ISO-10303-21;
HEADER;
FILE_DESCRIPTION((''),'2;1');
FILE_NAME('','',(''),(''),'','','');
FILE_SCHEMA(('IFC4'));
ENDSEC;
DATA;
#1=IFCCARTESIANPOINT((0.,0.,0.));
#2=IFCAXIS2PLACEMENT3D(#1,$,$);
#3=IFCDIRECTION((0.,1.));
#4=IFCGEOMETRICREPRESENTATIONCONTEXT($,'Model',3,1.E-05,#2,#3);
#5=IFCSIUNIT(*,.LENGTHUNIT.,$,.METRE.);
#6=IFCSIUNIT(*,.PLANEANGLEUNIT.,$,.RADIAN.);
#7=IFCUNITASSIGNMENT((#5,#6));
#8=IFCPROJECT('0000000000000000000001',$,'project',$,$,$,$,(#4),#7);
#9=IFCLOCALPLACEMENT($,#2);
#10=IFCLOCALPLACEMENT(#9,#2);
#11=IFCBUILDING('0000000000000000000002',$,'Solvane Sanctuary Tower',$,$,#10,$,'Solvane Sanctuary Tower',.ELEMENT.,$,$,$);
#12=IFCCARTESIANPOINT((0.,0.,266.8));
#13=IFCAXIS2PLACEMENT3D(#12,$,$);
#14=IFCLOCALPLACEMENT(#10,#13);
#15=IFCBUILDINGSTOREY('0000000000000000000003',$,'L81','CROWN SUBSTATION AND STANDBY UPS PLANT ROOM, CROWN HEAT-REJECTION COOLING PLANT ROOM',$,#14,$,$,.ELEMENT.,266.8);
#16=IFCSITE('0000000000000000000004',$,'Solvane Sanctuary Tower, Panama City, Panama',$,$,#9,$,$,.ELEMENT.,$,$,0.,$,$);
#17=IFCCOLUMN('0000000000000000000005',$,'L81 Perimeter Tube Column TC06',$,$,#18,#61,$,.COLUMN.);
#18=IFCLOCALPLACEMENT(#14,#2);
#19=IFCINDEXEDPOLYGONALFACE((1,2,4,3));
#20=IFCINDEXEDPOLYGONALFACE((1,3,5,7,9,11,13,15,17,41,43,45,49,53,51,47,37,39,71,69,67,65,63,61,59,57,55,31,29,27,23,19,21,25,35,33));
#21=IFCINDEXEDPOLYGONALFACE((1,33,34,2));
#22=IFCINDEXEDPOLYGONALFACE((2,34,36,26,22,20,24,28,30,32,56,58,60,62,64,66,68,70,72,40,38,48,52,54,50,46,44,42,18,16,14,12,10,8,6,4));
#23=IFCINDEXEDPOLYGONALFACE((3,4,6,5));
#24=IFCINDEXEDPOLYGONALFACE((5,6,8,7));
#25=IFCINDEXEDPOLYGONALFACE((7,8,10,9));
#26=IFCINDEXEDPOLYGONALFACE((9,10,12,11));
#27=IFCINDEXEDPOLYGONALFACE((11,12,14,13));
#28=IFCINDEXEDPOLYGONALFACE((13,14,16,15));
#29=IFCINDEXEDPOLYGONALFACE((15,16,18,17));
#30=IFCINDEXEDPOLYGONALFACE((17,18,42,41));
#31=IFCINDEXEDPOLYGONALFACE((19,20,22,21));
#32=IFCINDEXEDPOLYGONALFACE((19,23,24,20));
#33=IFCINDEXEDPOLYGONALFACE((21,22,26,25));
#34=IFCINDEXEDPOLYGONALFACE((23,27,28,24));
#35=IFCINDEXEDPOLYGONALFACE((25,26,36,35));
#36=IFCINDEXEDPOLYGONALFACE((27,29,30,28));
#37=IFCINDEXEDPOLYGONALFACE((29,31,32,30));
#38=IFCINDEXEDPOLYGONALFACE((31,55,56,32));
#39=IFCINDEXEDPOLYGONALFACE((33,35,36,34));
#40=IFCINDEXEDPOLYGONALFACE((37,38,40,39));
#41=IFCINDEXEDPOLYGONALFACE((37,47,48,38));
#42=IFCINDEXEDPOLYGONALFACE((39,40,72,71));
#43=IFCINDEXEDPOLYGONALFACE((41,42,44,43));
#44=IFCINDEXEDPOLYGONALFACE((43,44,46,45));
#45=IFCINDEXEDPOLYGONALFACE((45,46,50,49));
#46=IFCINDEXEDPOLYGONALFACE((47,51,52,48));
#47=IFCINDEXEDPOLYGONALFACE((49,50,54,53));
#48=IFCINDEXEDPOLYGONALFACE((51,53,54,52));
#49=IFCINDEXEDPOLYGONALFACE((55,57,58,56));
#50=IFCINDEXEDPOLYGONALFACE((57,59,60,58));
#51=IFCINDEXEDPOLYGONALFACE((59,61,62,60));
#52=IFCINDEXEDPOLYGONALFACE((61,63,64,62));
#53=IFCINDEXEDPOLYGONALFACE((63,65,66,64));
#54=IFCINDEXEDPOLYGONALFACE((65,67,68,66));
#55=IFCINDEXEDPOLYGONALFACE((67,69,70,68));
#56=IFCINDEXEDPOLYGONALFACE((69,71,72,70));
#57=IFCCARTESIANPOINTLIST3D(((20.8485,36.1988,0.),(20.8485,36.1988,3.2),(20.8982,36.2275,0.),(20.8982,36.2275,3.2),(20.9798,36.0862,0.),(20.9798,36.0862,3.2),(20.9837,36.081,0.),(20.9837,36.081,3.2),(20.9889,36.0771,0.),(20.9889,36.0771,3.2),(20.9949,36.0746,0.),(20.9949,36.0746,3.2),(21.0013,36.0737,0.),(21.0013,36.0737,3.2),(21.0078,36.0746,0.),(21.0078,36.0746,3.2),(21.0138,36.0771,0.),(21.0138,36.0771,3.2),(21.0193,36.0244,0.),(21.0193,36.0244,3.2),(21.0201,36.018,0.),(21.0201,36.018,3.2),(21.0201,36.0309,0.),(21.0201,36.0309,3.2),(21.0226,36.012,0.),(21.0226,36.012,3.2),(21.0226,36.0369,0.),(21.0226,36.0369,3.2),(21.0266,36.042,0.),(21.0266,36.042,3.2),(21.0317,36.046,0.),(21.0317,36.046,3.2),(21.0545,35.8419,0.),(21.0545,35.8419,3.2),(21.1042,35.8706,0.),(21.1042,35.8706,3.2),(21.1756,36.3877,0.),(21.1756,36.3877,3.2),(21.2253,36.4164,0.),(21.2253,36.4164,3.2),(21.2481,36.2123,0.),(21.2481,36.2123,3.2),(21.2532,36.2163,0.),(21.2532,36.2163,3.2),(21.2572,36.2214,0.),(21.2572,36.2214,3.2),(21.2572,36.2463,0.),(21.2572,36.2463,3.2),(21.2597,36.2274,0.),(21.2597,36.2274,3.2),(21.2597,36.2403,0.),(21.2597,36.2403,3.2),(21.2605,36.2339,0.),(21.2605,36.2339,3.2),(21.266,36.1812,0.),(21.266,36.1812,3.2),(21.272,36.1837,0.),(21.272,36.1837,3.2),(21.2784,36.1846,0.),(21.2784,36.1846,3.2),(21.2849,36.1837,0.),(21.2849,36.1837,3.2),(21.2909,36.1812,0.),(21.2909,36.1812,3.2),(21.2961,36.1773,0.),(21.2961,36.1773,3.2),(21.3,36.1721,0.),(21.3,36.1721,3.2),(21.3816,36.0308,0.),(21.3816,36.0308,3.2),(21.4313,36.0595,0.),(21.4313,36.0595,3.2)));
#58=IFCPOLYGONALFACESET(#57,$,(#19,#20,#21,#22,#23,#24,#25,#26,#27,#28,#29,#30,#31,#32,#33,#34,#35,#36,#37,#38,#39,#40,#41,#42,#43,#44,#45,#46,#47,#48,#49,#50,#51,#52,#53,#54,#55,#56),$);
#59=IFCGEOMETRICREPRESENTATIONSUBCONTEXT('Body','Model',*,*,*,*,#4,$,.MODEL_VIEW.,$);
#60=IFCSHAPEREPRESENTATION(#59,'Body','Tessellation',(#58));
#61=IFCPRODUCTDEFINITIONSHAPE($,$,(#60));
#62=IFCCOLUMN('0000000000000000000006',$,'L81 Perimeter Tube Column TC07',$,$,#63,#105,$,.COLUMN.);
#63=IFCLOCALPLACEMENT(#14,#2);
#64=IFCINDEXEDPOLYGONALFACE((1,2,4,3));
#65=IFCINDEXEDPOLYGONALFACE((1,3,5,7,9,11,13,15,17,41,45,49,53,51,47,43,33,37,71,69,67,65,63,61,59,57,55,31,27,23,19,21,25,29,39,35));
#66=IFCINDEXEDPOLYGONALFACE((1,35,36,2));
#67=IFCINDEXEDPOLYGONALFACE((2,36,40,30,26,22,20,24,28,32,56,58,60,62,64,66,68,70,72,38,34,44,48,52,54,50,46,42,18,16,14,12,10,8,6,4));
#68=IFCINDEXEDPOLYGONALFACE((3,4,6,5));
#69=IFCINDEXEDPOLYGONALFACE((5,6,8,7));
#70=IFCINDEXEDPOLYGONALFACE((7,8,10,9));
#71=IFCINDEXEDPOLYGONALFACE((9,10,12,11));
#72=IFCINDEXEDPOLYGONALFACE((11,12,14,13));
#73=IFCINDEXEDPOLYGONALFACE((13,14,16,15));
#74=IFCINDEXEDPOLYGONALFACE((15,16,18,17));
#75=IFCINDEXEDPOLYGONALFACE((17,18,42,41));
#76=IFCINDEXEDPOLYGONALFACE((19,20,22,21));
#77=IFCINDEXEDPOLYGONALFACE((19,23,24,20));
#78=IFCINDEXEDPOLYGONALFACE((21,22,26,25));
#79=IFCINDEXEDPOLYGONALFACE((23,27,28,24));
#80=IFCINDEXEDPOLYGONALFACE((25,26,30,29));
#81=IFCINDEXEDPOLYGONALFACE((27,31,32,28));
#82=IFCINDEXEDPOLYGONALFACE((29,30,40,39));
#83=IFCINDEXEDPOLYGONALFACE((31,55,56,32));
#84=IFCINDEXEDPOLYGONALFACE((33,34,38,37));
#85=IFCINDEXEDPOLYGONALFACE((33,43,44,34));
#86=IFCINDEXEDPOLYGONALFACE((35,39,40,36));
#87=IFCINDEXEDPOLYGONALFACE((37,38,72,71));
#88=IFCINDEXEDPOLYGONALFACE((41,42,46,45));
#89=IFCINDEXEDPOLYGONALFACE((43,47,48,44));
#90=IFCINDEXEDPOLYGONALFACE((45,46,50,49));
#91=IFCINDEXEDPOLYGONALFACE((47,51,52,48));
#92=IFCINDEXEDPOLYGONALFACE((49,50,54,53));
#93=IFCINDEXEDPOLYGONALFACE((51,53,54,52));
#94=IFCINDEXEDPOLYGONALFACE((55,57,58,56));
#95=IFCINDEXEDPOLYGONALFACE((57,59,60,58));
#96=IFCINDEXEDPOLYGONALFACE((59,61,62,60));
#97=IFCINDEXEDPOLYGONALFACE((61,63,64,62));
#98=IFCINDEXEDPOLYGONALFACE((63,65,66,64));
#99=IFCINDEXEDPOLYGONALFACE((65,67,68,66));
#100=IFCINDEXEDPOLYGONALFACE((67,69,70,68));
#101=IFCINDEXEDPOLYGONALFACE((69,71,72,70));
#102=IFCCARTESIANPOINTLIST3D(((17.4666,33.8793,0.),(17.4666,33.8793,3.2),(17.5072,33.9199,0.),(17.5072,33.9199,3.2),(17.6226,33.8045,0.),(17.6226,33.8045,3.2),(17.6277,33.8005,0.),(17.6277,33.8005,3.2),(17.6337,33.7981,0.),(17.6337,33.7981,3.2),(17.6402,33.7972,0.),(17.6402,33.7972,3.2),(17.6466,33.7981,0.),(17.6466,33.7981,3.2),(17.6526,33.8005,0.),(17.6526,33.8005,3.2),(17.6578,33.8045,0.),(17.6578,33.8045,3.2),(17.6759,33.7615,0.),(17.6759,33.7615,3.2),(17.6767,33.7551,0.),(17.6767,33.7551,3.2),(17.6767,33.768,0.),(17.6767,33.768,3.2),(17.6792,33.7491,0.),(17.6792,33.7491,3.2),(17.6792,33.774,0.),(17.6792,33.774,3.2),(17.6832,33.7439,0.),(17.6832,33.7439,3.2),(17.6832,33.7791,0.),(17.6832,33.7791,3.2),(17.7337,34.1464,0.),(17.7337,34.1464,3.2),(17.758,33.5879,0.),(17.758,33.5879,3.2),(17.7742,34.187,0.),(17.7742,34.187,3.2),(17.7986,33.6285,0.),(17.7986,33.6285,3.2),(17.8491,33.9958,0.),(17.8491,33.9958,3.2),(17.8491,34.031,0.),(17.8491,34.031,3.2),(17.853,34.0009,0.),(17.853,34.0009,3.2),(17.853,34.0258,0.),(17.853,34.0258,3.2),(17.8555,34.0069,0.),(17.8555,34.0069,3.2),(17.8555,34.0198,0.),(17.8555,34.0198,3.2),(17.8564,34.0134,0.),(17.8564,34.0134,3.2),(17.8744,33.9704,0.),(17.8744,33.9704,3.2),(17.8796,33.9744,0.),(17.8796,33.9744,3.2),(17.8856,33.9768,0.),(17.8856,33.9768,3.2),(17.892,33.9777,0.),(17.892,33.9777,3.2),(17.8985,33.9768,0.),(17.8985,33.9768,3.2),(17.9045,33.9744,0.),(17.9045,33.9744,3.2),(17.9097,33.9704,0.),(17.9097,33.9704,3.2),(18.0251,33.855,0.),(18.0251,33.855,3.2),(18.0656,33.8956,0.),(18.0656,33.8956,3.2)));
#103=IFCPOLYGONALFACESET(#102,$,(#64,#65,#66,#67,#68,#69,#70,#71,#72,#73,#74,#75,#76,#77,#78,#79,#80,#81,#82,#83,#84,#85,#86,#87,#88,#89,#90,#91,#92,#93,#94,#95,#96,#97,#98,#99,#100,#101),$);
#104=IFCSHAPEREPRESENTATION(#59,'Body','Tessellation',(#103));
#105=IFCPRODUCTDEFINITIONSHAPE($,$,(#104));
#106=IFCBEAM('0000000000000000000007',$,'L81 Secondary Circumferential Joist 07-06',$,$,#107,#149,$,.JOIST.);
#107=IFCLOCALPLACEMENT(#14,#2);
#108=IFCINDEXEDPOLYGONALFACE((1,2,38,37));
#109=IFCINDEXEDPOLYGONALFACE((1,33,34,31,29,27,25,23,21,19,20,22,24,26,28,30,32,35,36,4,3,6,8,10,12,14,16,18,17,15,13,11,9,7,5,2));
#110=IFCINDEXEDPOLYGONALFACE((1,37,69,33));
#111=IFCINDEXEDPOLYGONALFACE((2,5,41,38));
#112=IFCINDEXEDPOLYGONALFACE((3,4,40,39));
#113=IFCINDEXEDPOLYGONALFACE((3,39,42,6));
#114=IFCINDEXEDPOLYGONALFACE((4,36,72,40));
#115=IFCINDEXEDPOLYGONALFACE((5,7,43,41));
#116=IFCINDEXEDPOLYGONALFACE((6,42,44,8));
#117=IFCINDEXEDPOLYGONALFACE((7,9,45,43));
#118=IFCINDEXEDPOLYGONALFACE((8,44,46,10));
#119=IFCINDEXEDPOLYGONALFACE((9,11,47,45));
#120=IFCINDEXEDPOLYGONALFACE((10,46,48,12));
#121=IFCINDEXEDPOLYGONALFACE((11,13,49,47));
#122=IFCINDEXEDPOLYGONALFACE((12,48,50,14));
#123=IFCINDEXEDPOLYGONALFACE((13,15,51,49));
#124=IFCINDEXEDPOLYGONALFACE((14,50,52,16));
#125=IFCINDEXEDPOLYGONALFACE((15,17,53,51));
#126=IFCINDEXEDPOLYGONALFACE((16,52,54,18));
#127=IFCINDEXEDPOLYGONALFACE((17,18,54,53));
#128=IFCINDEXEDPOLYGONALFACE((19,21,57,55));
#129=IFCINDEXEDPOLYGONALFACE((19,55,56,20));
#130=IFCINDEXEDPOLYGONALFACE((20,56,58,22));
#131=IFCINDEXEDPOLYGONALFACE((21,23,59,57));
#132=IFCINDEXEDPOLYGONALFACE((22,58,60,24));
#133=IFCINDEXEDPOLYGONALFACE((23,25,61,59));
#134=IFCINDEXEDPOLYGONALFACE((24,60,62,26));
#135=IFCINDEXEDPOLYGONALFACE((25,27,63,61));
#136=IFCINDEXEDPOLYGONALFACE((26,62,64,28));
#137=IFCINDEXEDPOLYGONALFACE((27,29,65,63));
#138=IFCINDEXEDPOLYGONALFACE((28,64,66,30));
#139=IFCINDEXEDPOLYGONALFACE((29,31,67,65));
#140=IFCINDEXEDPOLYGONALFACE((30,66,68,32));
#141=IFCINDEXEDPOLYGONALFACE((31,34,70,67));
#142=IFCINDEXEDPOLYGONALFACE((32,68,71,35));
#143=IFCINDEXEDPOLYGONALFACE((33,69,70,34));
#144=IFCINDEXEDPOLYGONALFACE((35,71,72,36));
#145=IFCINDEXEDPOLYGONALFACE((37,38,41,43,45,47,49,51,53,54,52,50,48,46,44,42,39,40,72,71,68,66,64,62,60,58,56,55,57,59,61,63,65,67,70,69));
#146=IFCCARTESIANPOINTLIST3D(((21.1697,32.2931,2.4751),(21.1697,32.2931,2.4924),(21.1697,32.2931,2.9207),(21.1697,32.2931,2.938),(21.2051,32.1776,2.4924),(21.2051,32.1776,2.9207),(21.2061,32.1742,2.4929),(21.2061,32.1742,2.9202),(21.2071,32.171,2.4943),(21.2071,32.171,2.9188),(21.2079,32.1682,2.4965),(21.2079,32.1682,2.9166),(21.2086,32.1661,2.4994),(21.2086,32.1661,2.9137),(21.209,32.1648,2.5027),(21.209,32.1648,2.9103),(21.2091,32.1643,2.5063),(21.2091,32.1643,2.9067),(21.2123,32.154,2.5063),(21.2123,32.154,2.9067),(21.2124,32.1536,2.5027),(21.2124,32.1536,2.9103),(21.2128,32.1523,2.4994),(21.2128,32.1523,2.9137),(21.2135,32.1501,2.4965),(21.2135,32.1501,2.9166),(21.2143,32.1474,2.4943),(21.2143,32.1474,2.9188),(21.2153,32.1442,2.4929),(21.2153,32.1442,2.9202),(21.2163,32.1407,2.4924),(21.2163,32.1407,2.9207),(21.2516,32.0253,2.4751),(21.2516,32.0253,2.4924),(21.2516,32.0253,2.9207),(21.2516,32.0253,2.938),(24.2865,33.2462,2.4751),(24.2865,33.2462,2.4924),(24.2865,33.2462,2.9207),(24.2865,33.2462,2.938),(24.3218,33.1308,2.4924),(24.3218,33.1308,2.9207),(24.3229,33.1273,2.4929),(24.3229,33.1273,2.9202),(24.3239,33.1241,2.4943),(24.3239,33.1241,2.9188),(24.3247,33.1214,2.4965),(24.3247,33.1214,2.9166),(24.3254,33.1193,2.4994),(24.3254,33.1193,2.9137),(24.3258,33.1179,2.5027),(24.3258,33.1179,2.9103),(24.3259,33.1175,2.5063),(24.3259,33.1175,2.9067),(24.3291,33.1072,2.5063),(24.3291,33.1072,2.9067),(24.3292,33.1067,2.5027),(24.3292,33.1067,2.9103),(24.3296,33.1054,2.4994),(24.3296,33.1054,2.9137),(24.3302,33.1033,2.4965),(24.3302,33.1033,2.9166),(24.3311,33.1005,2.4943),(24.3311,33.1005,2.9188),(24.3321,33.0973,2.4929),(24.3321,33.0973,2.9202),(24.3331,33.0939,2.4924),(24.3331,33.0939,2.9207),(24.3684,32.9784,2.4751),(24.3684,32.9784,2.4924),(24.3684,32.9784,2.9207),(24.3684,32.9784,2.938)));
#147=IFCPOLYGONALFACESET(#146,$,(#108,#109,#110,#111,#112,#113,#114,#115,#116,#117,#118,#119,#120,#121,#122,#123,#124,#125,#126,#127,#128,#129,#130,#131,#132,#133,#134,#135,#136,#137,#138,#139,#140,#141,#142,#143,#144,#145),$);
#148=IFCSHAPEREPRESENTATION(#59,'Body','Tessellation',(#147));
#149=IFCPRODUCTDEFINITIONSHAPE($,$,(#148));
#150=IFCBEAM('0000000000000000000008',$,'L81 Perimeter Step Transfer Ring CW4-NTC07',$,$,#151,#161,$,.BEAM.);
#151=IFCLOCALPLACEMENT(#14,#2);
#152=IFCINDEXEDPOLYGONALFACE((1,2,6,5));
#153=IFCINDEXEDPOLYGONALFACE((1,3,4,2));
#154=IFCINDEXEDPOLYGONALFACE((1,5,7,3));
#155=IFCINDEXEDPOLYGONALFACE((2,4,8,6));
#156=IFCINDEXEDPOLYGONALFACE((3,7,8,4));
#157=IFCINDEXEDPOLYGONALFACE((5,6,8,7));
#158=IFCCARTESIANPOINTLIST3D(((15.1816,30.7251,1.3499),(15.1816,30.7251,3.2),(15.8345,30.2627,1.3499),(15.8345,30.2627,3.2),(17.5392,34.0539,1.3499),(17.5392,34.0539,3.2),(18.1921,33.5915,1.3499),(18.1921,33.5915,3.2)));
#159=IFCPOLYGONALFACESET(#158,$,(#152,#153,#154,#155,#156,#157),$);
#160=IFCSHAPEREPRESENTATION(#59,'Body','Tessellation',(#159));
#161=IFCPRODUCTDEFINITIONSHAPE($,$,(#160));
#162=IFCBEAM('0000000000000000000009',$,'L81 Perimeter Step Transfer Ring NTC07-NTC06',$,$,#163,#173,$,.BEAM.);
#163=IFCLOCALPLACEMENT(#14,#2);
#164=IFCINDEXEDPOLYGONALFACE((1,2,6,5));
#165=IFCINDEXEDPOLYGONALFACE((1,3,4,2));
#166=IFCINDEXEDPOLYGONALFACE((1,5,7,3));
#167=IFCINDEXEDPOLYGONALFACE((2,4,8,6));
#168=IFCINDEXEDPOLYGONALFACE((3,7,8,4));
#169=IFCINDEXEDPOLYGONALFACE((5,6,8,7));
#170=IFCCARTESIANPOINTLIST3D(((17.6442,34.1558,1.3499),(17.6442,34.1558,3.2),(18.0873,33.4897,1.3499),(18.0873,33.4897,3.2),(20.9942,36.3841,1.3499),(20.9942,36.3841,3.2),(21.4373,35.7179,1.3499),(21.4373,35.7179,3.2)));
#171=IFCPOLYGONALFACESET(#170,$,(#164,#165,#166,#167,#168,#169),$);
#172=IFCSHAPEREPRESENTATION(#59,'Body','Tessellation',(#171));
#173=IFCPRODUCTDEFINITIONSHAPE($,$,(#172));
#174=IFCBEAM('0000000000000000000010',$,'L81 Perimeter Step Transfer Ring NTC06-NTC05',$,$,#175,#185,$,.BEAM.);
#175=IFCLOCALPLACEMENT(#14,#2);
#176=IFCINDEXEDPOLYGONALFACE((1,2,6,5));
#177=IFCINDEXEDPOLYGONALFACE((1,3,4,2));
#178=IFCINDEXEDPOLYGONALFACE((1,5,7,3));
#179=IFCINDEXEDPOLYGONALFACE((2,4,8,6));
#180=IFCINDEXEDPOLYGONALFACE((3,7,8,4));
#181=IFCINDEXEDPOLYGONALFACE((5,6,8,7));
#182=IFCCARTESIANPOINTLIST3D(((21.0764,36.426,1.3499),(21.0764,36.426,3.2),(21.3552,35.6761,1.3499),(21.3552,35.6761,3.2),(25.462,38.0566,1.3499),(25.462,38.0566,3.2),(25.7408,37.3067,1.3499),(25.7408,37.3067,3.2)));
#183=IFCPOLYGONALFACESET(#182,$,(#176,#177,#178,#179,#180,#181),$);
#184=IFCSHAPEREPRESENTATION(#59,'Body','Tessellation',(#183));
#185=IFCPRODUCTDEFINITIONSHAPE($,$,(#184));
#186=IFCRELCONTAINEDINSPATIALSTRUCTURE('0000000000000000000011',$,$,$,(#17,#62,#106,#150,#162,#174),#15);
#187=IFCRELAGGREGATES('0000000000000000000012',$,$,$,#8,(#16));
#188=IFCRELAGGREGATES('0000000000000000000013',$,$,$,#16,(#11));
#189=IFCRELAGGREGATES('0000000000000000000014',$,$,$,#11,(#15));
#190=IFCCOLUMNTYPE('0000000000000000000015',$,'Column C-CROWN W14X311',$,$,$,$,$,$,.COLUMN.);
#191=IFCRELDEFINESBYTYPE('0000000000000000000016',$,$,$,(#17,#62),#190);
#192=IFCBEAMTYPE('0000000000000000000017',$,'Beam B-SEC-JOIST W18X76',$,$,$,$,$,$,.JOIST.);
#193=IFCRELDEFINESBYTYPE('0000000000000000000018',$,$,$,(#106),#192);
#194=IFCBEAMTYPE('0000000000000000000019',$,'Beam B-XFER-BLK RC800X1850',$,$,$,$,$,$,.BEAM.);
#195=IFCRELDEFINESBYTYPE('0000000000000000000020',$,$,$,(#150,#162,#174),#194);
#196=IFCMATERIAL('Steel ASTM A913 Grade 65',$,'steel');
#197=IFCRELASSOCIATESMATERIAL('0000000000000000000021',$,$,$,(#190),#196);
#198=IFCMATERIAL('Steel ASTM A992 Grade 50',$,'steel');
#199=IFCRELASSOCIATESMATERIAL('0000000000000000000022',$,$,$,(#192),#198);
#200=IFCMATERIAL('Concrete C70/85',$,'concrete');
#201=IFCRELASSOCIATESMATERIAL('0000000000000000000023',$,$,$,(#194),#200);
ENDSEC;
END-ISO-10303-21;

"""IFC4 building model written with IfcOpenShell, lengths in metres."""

from ifc_helpers import new_model, si_unit, direction, frame, origin, origin_2d, place, context, subcontext, project, spatial, rectangle, i_section, extrude, material, material_profile, profile_set, type_object, element, save


model = new_model("IFC4")

# Units and contexts
model_context = context("Model", 3, precision=1e-05, world=origin(), true_north=direction((0.0, 1.0)))
body_context = subcontext(model_context, "Body", "Model", "MODEL_VIEW")
ifc_project = project(units=[si_unit("LENGTHUNIT", "METRE"), si_unit("PLANEANGLEUNIT", "RADIAN")], contexts=[model_context])

# Site, building, storey
site_placement = place(None, origin())
site = spatial("IfcSite", under=ifc_project, at=site_placement, Name="Solvane Sanctuary Tower, Panama City, Panama", CompositionType="ELEMENT", RefElevation=0.0)
building_placement = place(site_placement, origin())
building = spatial("IfcBuilding", under=site, at=building_placement, Name="Solvane Sanctuary Tower", LongName="Solvane Sanctuary Tower", CompositionType="ELEMENT")
storey_placement = place(building_placement, frame((0.0, 0.0, 266.8)))
storey = spatial("IfcBuildingStorey", under=building, at=storey_placement, Name="L81", Description="CROWN SUBSTATION AND STANDBY UPS PLANT ROOM, CROWN HEAT-REJECTION COOLING PLANT ROOM", CompositionType="ELEMENT", Elevation=266.8)

# Columns
ifc_material_1 = material(Name="Steel ASTM A913 Grade 65", Category="steel")
ifc_material_profile_1 = material_profile(ifc_material_1, i_section(OverallWidth=0.4121, OverallDepth=0.4351, WebThickness=0.0359, FlangeThickness=0.0574, FilletRadius=0.0249, at=origin_2d()), Name="W14X311")
ifc_profile_set_1 = profile_set([ifc_material_profile_1], Name="Steel ASTM A913 Grade 65")
column_type = type_object("IfcColumnType", Name="Column C-CROWN W14X311", PredefinedType="COLUMN", material=ifc_profile_set_1)
for number, where, z_axis, x_axis, name in (
    (1, (21.1399, 36.1292, 0.0), (0.0, 0.0, 1.0), (-0.5, 0.866025, 0.0), "L81 Perimeter Tube Column TC06"),
    (2, (17.7661, 33.8875, 0.0), (0.0, 0.0, 1.0), (-0.707107, 0.707107, 0.0), "L81 Perimeter Tube Column TC07"),
):
    element("IfcColumn", number, at=place(storey_placement, frame(where, z_axis=z_axis, x_axis=x_axis)), inside=storey, type_object=column_type, Name=name, PredefinedType="COLUMN", context=body_context, shape_type="SweptSolid", body=[
        extrude(i_section(OverallWidth=0.4121, OverallDepth=0.4351, WebThickness=0.0359, FlangeThickness=0.0574, FilletRadius=0.0249, at=origin_2d()), origin(), (0.0, 0.0, 1.0), 3.2),
    ])

# Beams
ifc_material_2 = material(Name="Steel ASTM A992 Grade 50", Category="steel")
ifc_material_profile_2 = material_profile(ifc_material_2, i_section(OverallWidth=0.28, OverallDepth=0.4629, WebThickness=0.0107, FlangeThickness=0.0173, FilletRadius=0.0139, at=origin_2d()), Name="W18X76")
ifc_profile_set_2 = profile_set([ifc_material_profile_2], Name="Steel ASTM A992 Grade 50")
beam_type_1 = type_object("IfcBeamType", Name="Beam B-SEC-JOIST W18X76", PredefinedType="JOIST", material=ifc_profile_set_2)
beam_1_placement = place(storey_placement, frame((21.2107, 32.1592, 2.7065), z_axis=(0.956283, 0.292443, 0.0), x_axis=(-0.292443, 0.956283, 0.0)))
element("IfcBeam", 3, at=beam_1_placement, inside=storey, type_object=beam_type_1, Name="L81 Secondary Circumferential Joist 07-06", PredefinedType="JOIST", context=body_context, shape_type="SweptSolid", body=[
    extrude(i_section(OverallWidth=0.28, OverallDepth=0.4629, WebThickness=0.0107, FlangeThickness=0.0173, FilletRadius=0.0139, at=origin_2d()), origin(), (0.0, 0.0, 1.0), 3.2593),
])
ifc_material_3 = material(Name="Concrete C70/85", Category="concrete")
ifc_material_profile_3 = material_profile(ifc_material_3, rectangle(XDim=0.8, YDim=1.8501, at=origin_2d()), Name="RC800X1850")
ifc_profile_set_3 = profile_set([ifc_material_profile_3], Name="Concrete C70/85")
beam_type_2 = type_object("IfcBeamType", Name="Beam B-XFER-BLK RC800X1850", PredefinedType="BEAM", material=ifc_profile_set_3)
beam_2_placement = place(storey_placement, frame((15.5081, 30.4939, 2.2749), z_axis=(0.577973, 0.816056, 0.0), x_axis=(-0.816056, 0.577973, 0.0)))
element("IfcBeam", 4, at=beam_2_placement, inside=storey, type_object=beam_type_2, Name="L81 Perimeter Step Transfer Ring CW4-NTC07", PredefinedType="BEAM", context=body_context, shape_type="SweptSolid", body=[
    extrude(rectangle(XDim=0.8, YDim=1.8501, at=origin_2d()), origin(), (0.0, 0.0, 1.0), 4.0791),
])
beam_3_placement = place(storey_placement, frame((17.8657, 33.8228, 2.2749), z_axis=(0.832638, 0.553818, 0.0), x_axis=(-0.553818, 0.832638, 0.0)))
element("IfcBeam", 5, at=beam_3_placement, inside=storey, type_object=beam_type_2, Name="L81 Perimeter Step Transfer Ring NTC07-NTC06", PredefinedType="BEAM", context=body_context, shape_type="SweptSolid", body=[
    extrude(rectangle(XDim=0.8, YDim=1.8501, at=origin_2d()), origin(), (0.0, 0.0, 1.0), 4.0234),
])
beam_4_placement = place(storey_placement, frame((21.2158, 36.051, 2.2749), z_axis=(0.937306, 0.348509, 0.0), x_axis=(-0.348509, 0.937306, 0.0)))
element("IfcBeam", 6, at=beam_4_placement, inside=storey, type_object=beam_type_2, Name="L81 Perimeter Step Transfer Ring NTC06-NTC05", PredefinedType="BEAM", context=body_context, shape_type="SweptSolid", body=[
    extrude(rectangle(XDim=0.8, YDim=1.8501, at=origin_2d()), origin(), (0.0, 0.0, 1.0), 4.679),
])

save(model, "model.ifc")
